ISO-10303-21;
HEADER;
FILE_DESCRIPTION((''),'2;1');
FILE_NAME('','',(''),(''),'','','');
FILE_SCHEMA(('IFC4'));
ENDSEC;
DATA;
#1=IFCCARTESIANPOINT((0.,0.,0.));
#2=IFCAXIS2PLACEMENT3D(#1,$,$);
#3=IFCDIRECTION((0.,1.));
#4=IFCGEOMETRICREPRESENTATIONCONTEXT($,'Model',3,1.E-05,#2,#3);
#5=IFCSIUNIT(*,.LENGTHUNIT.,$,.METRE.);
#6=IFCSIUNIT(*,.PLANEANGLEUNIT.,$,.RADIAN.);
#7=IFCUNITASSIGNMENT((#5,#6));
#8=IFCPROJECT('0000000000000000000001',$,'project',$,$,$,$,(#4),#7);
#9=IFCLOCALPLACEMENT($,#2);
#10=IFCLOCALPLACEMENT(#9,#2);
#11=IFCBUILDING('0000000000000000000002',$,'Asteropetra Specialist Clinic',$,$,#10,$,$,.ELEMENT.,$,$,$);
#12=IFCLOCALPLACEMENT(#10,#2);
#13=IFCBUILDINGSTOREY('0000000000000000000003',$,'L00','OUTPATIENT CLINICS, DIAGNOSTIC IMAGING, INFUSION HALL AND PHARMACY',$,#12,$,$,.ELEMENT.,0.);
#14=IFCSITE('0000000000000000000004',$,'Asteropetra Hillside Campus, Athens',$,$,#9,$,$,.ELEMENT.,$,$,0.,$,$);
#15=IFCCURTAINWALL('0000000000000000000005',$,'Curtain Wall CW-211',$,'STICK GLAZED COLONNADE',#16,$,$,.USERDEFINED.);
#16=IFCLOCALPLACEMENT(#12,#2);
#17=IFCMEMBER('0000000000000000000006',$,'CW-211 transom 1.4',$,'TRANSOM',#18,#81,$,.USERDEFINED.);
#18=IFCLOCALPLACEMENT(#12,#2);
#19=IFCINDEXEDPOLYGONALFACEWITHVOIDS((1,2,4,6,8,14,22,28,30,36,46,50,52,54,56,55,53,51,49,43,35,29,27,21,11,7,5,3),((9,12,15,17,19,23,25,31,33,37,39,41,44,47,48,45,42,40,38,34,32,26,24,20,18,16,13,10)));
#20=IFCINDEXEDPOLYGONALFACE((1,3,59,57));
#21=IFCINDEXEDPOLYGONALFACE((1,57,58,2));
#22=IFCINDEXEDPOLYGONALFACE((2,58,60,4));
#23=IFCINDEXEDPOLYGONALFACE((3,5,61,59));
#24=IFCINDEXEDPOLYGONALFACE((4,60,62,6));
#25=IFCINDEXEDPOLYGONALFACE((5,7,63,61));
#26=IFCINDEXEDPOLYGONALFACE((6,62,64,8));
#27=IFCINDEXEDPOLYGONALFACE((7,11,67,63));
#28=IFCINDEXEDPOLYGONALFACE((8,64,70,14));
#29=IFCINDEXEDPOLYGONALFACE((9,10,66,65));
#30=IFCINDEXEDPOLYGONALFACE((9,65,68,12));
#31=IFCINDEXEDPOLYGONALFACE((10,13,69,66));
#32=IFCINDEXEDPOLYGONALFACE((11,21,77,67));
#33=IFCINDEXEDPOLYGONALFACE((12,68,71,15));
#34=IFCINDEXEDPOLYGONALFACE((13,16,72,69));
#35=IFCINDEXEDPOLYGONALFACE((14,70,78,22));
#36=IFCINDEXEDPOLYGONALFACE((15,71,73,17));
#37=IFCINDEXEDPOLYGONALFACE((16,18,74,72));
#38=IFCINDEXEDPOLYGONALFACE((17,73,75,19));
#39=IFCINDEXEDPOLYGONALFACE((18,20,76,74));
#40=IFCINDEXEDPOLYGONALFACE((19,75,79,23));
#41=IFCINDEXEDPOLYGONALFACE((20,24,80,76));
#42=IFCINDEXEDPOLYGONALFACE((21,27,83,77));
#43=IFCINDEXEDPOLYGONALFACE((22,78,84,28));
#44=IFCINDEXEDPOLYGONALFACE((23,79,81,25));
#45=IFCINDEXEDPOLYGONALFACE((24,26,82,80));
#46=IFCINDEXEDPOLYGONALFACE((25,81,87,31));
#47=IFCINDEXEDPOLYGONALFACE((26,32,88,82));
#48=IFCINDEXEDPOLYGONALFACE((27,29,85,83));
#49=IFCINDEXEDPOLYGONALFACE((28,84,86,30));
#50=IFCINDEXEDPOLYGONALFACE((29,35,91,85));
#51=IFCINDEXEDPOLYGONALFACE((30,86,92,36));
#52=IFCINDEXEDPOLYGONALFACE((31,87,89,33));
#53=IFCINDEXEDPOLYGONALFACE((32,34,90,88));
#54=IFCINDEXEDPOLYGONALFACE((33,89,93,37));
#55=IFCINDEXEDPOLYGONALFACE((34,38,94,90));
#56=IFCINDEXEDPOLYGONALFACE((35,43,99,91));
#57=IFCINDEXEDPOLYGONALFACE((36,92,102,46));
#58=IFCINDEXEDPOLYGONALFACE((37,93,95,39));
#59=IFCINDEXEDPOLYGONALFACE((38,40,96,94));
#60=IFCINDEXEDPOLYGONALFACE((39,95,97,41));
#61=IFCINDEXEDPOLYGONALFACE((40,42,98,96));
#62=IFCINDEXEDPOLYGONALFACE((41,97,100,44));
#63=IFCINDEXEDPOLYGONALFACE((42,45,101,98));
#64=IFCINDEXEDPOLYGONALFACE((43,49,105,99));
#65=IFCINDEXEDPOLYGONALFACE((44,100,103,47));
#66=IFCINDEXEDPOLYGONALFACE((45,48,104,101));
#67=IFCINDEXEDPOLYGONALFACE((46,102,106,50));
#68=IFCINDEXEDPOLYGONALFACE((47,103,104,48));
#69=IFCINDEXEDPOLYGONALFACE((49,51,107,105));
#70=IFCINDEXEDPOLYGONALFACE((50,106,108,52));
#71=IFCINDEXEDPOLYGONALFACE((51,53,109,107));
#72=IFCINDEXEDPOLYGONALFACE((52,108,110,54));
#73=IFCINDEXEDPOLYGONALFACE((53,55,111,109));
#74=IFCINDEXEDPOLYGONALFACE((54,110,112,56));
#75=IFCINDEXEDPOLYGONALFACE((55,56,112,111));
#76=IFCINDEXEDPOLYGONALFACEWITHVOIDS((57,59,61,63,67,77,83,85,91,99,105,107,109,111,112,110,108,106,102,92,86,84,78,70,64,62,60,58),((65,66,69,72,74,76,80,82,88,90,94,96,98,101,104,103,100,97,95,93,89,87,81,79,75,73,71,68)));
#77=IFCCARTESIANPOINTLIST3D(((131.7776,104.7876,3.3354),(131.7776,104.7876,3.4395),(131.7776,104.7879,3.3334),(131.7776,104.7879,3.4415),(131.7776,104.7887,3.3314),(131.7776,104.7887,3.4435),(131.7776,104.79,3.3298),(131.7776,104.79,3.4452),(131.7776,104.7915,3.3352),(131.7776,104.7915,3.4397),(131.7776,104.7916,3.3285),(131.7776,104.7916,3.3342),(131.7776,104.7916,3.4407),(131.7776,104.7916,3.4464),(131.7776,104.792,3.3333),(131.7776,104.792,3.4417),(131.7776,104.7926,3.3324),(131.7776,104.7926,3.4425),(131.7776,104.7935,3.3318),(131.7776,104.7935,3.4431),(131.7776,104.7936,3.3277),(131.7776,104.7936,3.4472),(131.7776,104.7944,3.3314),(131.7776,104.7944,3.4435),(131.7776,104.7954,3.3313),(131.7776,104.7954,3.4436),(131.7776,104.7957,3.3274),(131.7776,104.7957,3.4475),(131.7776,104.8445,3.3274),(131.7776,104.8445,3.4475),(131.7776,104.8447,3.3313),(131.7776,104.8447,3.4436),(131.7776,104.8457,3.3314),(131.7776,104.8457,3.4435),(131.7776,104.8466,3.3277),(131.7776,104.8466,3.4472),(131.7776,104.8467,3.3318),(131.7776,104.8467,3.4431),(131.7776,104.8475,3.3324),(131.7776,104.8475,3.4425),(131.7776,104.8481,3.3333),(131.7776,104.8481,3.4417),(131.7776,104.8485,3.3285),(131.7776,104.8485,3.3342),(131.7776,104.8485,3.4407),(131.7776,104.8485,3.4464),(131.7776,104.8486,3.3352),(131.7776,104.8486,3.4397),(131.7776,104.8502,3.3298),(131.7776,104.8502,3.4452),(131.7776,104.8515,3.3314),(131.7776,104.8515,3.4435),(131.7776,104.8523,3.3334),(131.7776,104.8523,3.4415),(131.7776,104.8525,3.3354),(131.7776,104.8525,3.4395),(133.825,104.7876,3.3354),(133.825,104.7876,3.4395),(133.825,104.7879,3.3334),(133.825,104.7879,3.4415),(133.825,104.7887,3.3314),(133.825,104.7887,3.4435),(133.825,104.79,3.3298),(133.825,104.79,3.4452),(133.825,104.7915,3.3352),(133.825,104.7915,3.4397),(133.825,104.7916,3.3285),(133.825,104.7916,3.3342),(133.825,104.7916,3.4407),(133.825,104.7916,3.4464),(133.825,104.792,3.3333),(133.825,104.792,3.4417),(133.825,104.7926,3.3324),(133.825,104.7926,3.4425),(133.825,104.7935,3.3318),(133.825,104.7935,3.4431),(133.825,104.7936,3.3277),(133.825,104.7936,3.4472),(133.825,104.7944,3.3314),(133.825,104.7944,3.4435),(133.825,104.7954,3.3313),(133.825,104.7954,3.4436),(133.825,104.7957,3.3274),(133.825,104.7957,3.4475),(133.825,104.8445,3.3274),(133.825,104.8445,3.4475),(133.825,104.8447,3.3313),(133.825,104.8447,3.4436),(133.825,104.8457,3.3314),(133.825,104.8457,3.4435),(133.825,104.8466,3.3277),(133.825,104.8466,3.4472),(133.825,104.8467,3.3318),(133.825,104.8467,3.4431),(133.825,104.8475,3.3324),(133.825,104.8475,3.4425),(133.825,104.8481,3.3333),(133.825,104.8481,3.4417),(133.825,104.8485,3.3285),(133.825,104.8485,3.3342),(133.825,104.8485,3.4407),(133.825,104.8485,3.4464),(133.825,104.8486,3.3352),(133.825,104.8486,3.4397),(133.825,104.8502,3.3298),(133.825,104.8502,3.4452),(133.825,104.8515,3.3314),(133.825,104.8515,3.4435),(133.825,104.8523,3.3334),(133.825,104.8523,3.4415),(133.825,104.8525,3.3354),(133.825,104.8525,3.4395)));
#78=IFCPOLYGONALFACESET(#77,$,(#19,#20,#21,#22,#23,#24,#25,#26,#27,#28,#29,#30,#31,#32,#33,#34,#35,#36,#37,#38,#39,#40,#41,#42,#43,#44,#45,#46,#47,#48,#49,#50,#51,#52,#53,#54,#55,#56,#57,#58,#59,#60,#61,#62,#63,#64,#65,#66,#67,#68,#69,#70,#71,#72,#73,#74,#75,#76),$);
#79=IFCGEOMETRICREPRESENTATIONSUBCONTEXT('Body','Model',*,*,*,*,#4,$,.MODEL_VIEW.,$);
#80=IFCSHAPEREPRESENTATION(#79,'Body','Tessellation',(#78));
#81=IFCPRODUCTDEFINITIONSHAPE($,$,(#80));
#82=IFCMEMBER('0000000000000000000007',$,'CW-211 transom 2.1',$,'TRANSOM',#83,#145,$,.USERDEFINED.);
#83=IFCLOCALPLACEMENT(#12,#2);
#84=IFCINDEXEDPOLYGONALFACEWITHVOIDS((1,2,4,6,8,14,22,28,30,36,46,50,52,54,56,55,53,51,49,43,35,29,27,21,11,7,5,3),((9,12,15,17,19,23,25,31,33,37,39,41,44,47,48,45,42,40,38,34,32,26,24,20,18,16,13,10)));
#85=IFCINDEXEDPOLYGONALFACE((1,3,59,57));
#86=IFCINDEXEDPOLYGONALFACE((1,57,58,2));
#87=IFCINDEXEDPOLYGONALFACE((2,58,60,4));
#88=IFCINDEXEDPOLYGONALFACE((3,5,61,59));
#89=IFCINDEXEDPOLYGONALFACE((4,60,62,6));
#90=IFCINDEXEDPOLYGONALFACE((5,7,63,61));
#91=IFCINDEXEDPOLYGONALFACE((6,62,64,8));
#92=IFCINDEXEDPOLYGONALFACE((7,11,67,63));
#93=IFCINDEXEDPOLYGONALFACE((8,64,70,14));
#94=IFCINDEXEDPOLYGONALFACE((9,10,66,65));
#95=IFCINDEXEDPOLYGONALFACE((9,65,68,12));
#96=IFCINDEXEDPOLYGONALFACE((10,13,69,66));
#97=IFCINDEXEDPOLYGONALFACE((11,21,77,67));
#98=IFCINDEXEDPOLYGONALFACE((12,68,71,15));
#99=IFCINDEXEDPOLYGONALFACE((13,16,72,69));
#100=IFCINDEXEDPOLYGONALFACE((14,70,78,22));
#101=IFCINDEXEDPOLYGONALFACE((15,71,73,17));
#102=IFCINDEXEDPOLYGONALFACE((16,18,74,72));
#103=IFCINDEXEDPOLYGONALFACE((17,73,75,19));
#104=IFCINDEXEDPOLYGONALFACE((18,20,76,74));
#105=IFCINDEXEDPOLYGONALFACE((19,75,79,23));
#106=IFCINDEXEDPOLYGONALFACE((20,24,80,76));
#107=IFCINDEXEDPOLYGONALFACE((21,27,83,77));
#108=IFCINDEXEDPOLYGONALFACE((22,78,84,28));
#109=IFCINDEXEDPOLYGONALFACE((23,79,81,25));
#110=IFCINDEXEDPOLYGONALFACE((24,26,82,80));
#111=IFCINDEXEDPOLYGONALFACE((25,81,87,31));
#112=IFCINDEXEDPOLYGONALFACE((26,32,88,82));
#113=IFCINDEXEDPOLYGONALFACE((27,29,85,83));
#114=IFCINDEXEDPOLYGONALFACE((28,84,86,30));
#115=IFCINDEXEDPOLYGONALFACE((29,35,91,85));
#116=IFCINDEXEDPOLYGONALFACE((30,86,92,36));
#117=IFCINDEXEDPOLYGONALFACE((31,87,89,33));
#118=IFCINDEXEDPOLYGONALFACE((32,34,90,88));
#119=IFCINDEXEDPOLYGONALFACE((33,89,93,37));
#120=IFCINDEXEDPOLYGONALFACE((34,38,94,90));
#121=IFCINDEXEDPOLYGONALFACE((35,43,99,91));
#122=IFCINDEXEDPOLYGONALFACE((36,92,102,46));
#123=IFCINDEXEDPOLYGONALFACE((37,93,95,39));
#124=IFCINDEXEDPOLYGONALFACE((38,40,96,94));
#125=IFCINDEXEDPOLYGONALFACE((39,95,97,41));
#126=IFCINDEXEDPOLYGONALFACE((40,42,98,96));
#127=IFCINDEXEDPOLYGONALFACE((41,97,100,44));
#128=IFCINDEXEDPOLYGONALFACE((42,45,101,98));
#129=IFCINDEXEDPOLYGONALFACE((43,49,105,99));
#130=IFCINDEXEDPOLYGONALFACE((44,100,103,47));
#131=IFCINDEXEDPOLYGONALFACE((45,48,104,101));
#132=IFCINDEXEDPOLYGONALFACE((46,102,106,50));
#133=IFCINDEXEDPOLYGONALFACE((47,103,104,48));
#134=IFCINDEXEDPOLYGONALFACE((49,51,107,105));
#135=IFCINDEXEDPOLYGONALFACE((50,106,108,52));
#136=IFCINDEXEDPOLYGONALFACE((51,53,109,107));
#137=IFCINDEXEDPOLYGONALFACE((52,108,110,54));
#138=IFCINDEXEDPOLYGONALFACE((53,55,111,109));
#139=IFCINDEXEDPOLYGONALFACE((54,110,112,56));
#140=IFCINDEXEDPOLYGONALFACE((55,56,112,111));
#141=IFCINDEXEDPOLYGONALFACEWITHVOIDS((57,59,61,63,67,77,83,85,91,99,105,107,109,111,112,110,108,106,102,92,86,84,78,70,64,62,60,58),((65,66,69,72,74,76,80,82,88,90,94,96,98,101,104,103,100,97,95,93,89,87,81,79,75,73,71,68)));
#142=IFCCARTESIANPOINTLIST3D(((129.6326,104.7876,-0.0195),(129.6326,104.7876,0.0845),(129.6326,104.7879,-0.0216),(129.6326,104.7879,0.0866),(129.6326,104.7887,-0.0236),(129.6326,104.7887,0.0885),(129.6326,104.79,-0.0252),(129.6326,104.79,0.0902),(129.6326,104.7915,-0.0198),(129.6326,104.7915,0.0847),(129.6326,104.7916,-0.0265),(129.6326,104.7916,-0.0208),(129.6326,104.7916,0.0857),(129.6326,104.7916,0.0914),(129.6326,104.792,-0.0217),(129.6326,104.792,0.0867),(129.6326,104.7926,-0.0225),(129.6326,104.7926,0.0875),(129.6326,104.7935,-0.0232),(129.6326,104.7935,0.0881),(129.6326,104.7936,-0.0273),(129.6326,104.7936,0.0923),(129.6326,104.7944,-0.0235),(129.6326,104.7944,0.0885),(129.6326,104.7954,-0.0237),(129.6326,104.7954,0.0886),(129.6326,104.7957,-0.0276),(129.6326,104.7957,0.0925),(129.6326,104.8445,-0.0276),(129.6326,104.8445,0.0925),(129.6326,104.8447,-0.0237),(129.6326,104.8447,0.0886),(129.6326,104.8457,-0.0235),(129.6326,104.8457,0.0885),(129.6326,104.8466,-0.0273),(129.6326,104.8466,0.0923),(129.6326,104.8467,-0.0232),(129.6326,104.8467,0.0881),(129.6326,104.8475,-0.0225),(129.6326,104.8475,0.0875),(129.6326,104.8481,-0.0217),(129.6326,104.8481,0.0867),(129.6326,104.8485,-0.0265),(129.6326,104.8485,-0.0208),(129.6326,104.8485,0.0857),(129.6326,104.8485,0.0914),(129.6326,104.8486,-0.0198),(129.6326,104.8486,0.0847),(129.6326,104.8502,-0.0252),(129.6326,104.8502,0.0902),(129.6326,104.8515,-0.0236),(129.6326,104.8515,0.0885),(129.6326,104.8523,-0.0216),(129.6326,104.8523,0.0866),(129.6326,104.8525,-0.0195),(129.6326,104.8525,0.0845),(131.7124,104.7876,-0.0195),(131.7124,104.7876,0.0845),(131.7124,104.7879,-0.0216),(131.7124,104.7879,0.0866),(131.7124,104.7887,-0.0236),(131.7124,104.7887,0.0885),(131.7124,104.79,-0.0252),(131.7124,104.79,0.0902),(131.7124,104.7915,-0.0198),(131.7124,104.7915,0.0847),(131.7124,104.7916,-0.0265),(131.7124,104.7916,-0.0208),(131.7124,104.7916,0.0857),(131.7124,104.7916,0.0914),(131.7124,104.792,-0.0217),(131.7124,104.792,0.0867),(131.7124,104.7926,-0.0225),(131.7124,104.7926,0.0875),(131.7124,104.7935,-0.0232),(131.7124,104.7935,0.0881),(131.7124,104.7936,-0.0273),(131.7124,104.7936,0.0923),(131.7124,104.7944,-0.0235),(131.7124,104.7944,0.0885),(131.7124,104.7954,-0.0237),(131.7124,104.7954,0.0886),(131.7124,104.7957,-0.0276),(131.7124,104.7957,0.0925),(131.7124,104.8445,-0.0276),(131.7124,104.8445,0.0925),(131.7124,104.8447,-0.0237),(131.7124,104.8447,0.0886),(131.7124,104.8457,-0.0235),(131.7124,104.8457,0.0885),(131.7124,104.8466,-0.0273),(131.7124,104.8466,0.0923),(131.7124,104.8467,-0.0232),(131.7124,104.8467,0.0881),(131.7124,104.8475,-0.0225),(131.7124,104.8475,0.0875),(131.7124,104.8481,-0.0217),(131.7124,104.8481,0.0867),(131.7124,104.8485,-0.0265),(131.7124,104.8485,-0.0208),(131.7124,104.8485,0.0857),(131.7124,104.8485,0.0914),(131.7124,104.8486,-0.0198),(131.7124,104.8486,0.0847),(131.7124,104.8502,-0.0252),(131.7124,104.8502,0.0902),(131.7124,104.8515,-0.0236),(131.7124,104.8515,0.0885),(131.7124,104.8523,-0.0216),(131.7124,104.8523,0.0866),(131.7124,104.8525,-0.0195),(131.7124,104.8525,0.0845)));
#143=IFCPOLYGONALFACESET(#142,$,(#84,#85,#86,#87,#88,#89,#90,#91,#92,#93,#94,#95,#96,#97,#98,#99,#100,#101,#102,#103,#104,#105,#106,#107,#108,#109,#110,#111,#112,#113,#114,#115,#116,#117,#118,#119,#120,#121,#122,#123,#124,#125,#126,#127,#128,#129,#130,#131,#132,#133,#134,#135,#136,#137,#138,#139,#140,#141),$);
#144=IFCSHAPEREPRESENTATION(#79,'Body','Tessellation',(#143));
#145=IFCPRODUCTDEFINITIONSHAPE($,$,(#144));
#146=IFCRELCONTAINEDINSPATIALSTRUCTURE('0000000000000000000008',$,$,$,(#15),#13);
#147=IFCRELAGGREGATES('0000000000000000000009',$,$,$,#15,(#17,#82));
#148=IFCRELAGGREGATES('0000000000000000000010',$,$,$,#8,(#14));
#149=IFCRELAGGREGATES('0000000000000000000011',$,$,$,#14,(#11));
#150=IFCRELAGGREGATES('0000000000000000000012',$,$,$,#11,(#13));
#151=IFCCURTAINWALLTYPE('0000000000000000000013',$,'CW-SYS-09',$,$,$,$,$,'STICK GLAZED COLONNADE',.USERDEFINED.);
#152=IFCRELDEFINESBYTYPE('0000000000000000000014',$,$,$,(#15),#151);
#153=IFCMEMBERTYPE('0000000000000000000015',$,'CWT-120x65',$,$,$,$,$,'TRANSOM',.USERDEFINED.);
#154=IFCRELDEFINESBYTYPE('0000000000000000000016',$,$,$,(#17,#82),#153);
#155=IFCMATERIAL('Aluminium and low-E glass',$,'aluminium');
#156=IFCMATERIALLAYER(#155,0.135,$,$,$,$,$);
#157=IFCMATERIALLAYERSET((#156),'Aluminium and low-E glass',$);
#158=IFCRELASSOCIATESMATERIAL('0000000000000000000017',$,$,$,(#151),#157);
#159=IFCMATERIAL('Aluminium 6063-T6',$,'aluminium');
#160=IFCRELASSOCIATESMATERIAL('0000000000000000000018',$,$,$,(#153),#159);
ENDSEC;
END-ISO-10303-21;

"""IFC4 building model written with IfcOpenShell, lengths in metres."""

from ifc_helpers import new_model, si_unit, direction, frame, origin, origin_2d, place, context, subcontext, project, spatial, hollow_rectangle, extrude, material, layer, layer_set, material_profile, profile_set, type_object, element, aggregate, save


model = new_model("IFC4")

# Units and contexts
model_context = context("Model", 3, precision=1e-05, world=origin(), true_north=direction((0.0, 1.0)))
body_context = subcontext(model_context, "Body", "Model", "MODEL_VIEW")
ifc_project = project(units=[si_unit("LENGTHUNIT", "METRE"), si_unit("PLANEANGLEUNIT", "RADIAN")], contexts=[model_context])

# Site, building, storey
site_placement = place(None, origin())
site = spatial("IfcSite", under=ifc_project, at=site_placement, Name="Asteropetra Hillside Campus, Athens", CompositionType="ELEMENT", RefElevation=0.0)
building_placement = place(site_placement, origin())
building = spatial("IfcBuilding", under=site, at=building_placement, Name="Asteropetra Specialist Clinic", CompositionType="ELEMENT")
storey_placement = place(building_placement, origin())
storey = spatial("IfcBuildingStorey", under=building, at=storey_placement, Name="L00", Description="OUTPATIENT CLINICS, DIAGNOSTIC IMAGING, INFUSION HALL AND PHARMACY", CompositionType="ELEMENT", Elevation=0.0)

# Curtain wall, members
ifc_material_1 = material(Name="Aluminium and low-E glass", Category="aluminium")
ifc_layer_1 = layer(ifc_material_1, 0.135)
ifc_layer_set_1 = layer_set([ifc_layer_1], Name="Aluminium and low-E glass")
curtain_wall_type = type_object("IfcCurtainWallType", Name="CW-SYS-09", ElementType="STICK GLAZED COLONNADE", PredefinedType="USERDEFINED", material=ifc_layer_set_1)
curtain_wall_placement = place(storey_placement, origin())
curtain_wall = element("IfcCurtainWall", 1, at=curtain_wall_placement, inside=storey, type_object=curtain_wall_type, Name="Curtain Wall CW-211", ObjectType="STICK GLAZED COLONNADE", PredefinedType="USERDEFINED")
ifc_material_2 = material(Name="Aluminium 6063-T6", Category="aluminium")
ifc_material_profile_1 = material_profile(ifc_material_2, hollow_rectangle(XDim=0.0649, YDim=0.1201, WallThickness=0.0039, InnerFilletRadius=0.0039, OuterFilletRadius=0.0081, at=origin_2d()), Name="TRN 120x65x4.0")
ifc_profile_set_1 = profile_set([ifc_material_profile_1], Name="Aluminium 6063-T6")
member_type_1 = type_object("IfcMemberType", Name="CWT-120x65", ElementType="TRANSOM", PredefinedType="USERDEFINED", material=ifc_profile_set_1)
member_1_placement = place(storey_placement, frame((133.825, 104.8201, 3.3875), z_axis=(-1.0, 0.0, 0.0), x_axis=(0.0, -1.0, 0.0)))
member_1 = element("IfcMember", 2, at=member_1_placement, type_object=member_type_1, Name="CW-211 transom 1.4", ObjectType="TRANSOM", PredefinedType="USERDEFINED", context=body_context, shape_type="SweptSolid", body=[
    extrude(hollow_rectangle(XDim=0.0649, YDim=0.1201, WallThickness=0.0039, InnerFilletRadius=0.0039, OuterFilletRadius=0.0081, at=origin_2d()), origin(), (0.0, 0.0, 1.0), 2.0474),
])
member_2_placement = place(storey_placement, frame((131.7124, 104.8201, 0.0325), z_axis=(-1.0, 0.0, 0.0), x_axis=(0.0, -1.0, 0.0)))
member_2 = element("IfcMember", 3, at=member_2_placement, type_object=member_type_1, Name="CW-211 transom 2.1", ObjectType="TRANSOM", PredefinedType="USERDEFINED", context=body_context, shape_type="SweptSolid", body=[
    extrude(hollow_rectangle(XDim=0.0649, YDim=0.1201, WallThickness=0.0039, InnerFilletRadius=0.0039, OuterFilletRadius=0.0081, at=origin_2d()), origin(), (0.0, 0.0, 1.0), 2.0798),
])
aggregate(curtain_wall, [member_1, member_2])

save(model, "model.ifc")
